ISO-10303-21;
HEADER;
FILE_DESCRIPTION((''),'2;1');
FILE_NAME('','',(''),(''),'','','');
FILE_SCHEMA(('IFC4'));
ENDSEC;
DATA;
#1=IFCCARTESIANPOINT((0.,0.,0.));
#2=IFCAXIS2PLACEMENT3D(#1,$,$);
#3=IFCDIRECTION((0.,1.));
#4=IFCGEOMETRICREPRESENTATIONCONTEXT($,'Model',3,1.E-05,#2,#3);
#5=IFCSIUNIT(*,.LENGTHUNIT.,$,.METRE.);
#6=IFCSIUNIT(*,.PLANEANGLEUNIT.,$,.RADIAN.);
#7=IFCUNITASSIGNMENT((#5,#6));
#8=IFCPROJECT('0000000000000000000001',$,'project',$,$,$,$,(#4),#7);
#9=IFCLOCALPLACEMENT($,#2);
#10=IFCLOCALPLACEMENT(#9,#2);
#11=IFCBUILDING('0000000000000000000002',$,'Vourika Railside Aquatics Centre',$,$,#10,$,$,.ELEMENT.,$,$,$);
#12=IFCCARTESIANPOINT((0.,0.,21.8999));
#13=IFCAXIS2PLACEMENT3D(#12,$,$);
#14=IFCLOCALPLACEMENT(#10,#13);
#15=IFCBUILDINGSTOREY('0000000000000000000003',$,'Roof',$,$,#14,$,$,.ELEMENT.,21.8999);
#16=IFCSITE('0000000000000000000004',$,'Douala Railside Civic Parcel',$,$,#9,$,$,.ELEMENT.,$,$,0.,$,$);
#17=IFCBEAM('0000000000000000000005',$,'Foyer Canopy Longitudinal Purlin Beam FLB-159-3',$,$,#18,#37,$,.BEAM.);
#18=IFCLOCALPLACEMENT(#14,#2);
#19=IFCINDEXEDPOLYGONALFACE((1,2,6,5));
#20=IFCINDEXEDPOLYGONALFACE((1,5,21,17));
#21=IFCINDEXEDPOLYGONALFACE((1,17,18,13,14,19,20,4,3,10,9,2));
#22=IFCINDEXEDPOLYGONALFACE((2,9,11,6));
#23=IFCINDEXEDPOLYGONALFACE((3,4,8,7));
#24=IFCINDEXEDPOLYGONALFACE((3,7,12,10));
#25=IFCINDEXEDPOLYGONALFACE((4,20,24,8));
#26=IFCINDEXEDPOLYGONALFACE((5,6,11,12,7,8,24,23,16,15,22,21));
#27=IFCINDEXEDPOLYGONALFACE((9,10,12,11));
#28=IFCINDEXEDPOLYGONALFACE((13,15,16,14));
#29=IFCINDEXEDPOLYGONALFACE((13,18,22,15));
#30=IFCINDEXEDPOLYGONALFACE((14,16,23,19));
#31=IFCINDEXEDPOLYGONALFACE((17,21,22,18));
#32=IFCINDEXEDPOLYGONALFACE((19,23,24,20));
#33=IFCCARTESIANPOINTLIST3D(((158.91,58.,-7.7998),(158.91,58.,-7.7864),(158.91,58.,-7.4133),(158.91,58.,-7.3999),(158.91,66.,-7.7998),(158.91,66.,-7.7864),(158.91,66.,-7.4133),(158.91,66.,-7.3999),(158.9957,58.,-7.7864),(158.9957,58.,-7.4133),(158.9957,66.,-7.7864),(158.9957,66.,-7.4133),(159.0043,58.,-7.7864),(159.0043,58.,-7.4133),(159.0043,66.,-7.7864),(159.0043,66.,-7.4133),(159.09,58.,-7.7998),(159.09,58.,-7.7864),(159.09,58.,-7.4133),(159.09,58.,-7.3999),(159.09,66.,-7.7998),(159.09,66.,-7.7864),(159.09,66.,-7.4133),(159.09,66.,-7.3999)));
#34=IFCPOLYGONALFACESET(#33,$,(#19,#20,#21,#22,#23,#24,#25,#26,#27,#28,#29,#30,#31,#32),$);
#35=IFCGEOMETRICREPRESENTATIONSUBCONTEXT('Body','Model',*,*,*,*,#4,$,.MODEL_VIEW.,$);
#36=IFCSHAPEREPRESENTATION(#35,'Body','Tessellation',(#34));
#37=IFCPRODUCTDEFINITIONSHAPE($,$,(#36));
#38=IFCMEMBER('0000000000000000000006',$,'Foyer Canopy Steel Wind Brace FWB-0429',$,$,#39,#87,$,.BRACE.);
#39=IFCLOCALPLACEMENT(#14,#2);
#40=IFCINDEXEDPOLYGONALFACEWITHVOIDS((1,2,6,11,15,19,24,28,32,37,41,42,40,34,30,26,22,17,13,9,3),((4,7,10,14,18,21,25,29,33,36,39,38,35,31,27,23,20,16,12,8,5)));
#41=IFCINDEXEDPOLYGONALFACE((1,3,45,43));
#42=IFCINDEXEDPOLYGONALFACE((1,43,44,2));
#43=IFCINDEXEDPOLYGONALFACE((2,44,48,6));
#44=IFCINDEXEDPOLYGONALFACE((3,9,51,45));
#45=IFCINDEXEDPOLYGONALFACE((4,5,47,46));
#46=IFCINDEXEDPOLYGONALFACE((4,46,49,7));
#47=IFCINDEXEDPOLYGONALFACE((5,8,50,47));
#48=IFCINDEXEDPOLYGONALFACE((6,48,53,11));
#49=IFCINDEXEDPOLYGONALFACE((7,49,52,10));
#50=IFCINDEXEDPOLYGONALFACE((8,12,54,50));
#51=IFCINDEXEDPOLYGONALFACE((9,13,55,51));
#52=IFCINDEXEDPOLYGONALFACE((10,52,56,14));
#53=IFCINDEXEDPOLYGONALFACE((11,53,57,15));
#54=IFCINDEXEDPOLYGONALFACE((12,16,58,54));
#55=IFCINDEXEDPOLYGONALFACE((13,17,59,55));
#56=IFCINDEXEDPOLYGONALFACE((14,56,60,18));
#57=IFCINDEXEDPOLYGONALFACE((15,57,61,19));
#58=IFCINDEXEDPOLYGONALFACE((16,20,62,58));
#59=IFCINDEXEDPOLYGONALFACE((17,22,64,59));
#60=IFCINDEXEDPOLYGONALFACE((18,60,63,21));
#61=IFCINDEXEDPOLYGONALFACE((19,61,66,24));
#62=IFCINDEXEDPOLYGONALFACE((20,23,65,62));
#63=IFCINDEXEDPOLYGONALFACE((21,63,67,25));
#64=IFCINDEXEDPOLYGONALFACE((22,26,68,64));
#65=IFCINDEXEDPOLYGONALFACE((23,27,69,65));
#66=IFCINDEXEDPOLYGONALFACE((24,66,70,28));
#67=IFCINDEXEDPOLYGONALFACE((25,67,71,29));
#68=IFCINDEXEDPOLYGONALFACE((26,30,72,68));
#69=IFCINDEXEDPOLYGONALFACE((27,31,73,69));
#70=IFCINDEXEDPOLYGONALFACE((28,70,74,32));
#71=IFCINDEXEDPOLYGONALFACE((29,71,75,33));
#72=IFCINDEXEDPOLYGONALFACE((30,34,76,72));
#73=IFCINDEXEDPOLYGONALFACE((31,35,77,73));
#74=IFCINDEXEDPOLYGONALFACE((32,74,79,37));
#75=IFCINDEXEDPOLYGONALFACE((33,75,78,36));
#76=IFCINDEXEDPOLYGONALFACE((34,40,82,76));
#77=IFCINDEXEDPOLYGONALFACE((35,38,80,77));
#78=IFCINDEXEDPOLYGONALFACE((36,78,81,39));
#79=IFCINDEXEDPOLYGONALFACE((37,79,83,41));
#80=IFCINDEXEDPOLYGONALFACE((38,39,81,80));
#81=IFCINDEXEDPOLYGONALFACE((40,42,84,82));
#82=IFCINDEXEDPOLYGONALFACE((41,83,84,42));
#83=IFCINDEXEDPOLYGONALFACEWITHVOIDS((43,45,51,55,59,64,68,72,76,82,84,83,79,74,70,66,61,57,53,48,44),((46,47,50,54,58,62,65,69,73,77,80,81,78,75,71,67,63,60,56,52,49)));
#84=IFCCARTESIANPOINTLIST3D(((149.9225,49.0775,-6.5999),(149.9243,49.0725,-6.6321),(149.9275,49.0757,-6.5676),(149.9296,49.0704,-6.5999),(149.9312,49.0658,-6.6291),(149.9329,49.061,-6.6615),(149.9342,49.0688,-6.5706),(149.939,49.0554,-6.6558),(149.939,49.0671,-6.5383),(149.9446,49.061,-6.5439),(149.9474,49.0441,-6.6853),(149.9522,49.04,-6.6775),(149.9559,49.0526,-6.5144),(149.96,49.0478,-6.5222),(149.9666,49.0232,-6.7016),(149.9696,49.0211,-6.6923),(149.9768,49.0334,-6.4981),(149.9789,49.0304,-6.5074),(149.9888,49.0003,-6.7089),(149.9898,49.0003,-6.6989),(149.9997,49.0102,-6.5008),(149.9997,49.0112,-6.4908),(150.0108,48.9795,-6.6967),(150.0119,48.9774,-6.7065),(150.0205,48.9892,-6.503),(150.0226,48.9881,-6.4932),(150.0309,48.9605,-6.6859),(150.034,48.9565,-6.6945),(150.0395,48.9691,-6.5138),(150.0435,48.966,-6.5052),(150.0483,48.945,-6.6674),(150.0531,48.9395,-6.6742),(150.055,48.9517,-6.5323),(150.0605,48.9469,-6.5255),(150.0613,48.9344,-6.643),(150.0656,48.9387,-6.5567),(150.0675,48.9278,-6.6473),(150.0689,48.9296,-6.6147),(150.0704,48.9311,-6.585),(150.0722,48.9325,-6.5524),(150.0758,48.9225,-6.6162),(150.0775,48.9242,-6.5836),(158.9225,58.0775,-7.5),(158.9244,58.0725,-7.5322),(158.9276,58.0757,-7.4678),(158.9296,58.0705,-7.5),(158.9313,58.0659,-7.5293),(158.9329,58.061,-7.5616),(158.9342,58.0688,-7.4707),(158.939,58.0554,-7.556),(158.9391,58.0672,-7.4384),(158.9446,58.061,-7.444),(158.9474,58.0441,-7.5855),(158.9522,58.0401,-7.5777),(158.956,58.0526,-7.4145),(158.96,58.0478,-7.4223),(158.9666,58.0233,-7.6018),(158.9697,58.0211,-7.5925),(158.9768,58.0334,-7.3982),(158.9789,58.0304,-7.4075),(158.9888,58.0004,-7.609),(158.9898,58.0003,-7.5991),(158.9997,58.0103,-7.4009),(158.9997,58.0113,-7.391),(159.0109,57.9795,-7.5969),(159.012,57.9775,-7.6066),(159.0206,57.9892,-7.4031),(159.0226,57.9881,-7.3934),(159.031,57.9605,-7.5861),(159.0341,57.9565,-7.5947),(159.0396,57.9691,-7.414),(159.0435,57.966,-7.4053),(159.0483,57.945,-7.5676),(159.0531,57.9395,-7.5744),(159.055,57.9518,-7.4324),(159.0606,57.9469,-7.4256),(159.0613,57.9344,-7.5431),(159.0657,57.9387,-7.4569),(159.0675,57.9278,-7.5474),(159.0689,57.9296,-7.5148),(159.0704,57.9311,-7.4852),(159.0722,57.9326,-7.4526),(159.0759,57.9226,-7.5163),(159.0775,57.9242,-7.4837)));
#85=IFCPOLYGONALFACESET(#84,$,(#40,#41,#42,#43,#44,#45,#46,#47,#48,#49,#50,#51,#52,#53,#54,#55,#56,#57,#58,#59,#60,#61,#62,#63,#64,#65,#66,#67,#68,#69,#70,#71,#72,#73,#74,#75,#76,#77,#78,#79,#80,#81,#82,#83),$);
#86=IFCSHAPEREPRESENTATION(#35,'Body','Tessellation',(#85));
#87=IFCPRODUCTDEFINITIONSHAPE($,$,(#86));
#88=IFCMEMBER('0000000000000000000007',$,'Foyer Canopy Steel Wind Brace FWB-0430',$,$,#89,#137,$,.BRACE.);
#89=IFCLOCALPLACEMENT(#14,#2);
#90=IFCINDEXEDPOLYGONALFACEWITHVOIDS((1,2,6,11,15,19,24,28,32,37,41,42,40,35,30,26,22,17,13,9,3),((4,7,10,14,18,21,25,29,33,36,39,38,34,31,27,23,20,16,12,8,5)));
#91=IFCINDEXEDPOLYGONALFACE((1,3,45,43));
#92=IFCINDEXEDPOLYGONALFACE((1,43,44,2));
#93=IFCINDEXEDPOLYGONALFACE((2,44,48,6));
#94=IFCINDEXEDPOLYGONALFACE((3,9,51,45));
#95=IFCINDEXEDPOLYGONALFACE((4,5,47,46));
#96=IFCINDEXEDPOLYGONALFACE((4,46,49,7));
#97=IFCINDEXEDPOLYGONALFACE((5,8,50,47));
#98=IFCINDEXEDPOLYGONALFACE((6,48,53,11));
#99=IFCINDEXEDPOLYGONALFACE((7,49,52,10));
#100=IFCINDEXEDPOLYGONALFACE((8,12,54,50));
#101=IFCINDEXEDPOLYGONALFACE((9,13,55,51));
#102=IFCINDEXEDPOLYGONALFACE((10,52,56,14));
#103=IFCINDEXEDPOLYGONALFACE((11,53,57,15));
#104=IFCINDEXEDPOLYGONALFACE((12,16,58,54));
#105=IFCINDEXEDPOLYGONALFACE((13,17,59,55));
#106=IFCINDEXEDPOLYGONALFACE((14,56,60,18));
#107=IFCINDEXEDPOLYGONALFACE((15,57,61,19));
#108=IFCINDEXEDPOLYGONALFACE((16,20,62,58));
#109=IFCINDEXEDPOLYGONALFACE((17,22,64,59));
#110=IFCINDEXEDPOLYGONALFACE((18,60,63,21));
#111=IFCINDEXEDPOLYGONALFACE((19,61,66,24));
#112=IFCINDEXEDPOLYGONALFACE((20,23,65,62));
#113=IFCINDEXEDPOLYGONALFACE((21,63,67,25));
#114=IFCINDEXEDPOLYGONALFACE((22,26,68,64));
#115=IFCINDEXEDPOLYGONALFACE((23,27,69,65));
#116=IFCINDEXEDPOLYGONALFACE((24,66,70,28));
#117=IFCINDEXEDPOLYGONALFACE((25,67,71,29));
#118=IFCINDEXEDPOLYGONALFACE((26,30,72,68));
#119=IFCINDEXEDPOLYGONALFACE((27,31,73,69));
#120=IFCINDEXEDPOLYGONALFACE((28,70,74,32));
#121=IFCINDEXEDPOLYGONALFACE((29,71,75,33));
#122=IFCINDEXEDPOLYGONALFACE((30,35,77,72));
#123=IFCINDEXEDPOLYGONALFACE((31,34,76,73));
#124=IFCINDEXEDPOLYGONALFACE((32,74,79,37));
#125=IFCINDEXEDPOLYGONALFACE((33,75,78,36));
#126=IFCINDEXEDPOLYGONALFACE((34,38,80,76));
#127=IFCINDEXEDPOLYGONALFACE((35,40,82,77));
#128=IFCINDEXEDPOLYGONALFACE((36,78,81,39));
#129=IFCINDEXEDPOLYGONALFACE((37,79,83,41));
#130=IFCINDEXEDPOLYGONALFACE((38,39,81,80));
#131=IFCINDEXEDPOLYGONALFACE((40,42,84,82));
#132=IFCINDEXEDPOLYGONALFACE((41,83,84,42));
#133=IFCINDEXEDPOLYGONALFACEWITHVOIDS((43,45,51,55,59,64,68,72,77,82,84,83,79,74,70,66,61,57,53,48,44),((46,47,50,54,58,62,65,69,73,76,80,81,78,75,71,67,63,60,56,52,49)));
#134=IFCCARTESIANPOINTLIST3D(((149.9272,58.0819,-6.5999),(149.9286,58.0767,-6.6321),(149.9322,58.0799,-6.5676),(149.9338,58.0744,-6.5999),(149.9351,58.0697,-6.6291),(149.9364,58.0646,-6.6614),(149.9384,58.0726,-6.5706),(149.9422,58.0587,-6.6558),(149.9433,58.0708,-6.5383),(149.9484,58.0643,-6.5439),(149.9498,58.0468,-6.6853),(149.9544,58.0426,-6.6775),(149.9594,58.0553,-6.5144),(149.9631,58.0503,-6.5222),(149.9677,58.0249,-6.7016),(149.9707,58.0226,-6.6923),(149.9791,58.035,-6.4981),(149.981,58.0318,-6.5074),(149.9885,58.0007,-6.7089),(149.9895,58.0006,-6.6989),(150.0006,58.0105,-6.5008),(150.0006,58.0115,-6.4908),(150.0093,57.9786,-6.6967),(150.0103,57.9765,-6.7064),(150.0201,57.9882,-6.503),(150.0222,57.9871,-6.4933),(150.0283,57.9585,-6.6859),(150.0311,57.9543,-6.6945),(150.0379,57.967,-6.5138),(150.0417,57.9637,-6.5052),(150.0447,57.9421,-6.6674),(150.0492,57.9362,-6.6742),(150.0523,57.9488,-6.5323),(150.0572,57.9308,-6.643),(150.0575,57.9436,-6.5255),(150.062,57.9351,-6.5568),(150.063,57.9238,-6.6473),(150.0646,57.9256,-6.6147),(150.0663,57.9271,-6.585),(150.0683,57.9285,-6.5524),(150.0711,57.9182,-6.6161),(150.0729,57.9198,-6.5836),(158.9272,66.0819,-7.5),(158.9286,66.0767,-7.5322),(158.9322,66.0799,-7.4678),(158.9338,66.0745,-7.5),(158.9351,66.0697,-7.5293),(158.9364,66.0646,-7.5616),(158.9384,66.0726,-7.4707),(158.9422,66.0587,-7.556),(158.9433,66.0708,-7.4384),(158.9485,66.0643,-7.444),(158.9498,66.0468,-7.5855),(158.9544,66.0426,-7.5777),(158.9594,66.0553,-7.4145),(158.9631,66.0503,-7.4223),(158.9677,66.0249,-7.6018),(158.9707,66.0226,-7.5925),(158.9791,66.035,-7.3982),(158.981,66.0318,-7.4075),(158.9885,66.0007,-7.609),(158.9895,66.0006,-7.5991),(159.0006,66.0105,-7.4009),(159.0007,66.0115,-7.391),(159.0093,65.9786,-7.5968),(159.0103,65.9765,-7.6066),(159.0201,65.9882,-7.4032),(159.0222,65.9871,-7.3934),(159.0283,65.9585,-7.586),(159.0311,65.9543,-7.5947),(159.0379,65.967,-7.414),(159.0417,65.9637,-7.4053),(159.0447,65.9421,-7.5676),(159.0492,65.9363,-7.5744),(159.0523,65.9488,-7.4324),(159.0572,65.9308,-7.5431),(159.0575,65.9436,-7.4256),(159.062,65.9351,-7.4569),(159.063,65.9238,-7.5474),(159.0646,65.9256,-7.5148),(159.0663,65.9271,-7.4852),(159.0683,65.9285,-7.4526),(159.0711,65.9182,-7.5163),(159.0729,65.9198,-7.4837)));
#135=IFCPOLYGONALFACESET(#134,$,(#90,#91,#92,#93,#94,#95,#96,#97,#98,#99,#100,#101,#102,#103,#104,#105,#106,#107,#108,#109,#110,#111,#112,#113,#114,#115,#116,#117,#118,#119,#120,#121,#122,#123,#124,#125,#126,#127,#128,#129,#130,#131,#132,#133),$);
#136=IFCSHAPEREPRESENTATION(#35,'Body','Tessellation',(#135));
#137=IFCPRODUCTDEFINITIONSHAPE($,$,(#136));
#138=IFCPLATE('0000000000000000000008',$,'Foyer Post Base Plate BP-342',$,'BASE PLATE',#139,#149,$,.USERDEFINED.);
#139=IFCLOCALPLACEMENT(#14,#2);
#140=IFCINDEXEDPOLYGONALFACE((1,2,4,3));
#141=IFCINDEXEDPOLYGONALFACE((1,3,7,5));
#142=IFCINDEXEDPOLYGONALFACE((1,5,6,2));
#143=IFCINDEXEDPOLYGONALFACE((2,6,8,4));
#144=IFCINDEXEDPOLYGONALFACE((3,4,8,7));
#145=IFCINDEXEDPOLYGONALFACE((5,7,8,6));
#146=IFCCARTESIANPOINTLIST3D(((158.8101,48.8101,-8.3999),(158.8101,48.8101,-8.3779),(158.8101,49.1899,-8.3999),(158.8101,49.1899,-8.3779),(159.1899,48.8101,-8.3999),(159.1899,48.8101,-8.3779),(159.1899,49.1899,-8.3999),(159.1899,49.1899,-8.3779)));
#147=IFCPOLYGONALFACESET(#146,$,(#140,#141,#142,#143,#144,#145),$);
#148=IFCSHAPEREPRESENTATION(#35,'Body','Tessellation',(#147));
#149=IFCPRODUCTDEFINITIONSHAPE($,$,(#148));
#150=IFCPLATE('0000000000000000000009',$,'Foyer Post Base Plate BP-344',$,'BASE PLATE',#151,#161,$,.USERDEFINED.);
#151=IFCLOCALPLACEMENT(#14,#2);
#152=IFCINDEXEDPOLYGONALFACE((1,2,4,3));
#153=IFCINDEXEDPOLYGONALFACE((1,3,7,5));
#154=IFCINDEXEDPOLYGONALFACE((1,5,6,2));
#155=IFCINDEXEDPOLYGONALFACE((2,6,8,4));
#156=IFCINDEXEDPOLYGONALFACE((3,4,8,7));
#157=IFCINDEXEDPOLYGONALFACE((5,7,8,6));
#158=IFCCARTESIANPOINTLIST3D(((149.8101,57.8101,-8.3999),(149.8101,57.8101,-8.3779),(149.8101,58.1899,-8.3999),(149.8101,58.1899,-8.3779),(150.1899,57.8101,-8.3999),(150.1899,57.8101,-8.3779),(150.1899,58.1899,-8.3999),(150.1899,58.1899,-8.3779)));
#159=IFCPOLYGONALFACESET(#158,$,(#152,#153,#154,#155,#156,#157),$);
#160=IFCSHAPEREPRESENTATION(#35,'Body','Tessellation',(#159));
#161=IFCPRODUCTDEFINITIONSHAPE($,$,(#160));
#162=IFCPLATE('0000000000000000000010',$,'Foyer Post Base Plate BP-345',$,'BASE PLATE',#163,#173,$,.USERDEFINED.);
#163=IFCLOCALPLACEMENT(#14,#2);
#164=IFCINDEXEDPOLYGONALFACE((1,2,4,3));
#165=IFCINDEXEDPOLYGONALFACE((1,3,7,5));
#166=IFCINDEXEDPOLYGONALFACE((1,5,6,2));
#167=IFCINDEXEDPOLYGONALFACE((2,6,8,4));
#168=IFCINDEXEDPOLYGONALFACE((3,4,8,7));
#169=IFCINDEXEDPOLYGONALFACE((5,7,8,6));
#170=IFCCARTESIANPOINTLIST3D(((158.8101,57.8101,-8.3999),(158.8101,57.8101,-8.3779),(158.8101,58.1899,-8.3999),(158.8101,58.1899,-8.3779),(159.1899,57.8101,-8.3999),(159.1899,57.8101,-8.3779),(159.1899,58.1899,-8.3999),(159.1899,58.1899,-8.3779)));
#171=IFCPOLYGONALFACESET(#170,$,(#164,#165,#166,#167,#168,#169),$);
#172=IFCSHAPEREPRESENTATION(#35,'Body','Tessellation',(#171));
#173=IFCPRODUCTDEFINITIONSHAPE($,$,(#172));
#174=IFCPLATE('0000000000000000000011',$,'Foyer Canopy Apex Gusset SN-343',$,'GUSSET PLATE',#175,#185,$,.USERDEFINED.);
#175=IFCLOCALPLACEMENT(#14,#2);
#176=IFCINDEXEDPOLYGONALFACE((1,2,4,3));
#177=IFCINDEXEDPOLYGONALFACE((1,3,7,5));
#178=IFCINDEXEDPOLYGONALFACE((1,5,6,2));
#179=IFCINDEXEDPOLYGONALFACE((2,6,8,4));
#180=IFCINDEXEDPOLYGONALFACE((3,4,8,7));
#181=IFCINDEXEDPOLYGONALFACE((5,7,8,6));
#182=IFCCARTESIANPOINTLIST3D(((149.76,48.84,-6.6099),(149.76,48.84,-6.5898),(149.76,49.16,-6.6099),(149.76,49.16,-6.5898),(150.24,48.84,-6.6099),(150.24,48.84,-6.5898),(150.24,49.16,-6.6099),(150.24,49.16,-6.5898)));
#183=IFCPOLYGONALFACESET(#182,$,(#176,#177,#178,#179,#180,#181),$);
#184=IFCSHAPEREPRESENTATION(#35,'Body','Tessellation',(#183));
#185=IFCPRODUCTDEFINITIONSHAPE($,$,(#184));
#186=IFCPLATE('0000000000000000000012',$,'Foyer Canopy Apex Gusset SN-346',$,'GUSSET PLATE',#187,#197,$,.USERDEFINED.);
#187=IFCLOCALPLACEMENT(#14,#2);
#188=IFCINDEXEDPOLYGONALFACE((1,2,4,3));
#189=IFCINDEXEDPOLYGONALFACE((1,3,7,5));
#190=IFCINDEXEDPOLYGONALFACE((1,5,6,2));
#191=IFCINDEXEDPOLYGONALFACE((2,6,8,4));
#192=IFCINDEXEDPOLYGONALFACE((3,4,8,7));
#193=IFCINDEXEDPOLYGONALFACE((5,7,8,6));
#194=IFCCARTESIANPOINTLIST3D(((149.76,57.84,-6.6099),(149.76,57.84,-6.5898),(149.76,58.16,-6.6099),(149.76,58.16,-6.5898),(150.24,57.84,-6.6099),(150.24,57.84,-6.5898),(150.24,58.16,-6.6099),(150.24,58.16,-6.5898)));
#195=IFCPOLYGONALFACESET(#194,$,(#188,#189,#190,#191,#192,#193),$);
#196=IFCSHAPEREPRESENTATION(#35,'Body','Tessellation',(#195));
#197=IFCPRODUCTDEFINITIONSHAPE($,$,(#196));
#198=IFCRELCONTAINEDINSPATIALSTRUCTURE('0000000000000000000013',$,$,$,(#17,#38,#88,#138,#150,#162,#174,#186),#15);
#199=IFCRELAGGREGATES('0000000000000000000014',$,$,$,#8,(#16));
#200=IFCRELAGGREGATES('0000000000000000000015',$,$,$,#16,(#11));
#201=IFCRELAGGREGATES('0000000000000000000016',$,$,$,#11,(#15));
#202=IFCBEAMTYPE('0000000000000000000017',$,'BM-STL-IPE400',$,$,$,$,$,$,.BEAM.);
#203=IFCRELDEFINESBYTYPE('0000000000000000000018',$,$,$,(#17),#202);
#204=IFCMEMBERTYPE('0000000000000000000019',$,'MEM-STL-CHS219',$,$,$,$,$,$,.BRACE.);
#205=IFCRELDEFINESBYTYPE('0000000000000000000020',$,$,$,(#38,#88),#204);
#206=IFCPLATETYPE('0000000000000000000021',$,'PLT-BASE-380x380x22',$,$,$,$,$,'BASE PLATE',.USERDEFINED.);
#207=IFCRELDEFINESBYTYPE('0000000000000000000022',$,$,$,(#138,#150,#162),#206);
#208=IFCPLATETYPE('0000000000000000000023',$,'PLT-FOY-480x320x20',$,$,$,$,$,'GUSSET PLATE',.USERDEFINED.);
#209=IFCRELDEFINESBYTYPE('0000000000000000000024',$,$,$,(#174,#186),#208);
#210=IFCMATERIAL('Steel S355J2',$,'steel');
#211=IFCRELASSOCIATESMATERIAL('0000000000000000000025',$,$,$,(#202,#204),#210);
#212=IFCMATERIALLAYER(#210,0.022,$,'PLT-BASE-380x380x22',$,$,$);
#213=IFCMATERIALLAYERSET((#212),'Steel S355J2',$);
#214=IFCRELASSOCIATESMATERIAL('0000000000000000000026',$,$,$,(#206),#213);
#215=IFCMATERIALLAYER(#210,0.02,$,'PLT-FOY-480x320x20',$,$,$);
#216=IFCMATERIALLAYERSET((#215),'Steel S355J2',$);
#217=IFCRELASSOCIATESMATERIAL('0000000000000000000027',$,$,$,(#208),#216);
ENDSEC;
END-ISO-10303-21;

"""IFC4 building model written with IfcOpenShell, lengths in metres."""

from ifc_helpers import new_model, si_unit, direction, frame, origin, origin_2d, place, context, subcontext, project, spatial, rectangle, hollow_circle, i_section, extrude, material, layer, layer_set, material_profile, profile_set, type_object, element, save


model = new_model("IFC4")

# Units and contexts
model_context = context("Model", 3, precision=1e-05, world=origin(), true_north=direction((0.0, 1.0)))
body_context = subcontext(model_context, "Body", "Model", "MODEL_VIEW")
ifc_project = project(units=[si_unit("LENGTHUNIT", "METRE"), si_unit("PLANEANGLEUNIT", "RADIAN")], contexts=[model_context])

# Site, building, storey
site_placement = place(None, origin())
site = spatial("IfcSite", under=ifc_project, at=site_placement, Name="Douala Railside Civic Parcel", CompositionType="ELEMENT", RefElevation=0.0)
building_placement = place(site_placement, origin())
building = spatial("IfcBuilding", under=site, at=building_placement, Name="Vourika Railside Aquatics Centre", CompositionType="ELEMENT")
storey_placement = place(building_placement, frame((0.0, 0.0, 21.8999)))
storey = spatial("IfcBuildingStorey", under=building, at=storey_placement, Name="Roof", CompositionType="ELEMENT", Elevation=21.8999)

# Shared definitions
ifc_material_1 = material(Name="Steel S355J2", Category="steel")

# Beam
ifc_material_profile_1 = material_profile(ifc_material_1, i_section(OverallWidth=0.1799, OverallDepth=0.3999, WebThickness=0.0085, FlangeThickness=0.0134, at=origin_2d()), Name="IPE 400")
ifc_profile_set_1 = profile_set([ifc_material_profile_1], Name="Steel S355J2")
beam_type_1 = type_object("IfcBeamType", Name="BM-STL-IPE400", PredefinedType="BEAM", material=ifc_profile_set_1)
for number, where, z_axis, x_axis, name in (
    (1, (159.0, 58.0, -7.5999), (0.0, 1.0, 0.0), (-1.0, 0.0, 0.0), "Foyer Canopy Longitudinal Purlin Beam FLB-159-3"),
):
    element("IfcBeam", number, at=place(storey_placement, frame(where, z_axis=z_axis, x_axis=x_axis)), inside=storey, type_object=beam_type_1, Name=name, PredefinedType="BEAM", context=body_context, shape_type="SweptSolid", body=[
        extrude(i_section(OverallWidth=0.1799, OverallDepth=0.3999, WebThickness=0.0085, FlangeThickness=0.0134, at=origin_2d()), origin(), (0.0, 0.0, 1.0), 8.0),
    ])

# Members
ifc_material_profile_2 = material_profile(ifc_material_1, hollow_circle(Radius=0.1096, WallThickness=0.01, at=origin_2d()), Name="CHS 219.1x10")
ifc_profile_set_2 = profile_set([ifc_material_profile_2], Name="Steel S355J2")
member_type = type_object("IfcMemberType", Name="MEM-STL-CHS219", PredefinedType="BRACE", material=ifc_profile_set_2)
member_1_placement = place(storey_placement, frame((150.0, 49.0, -6.5999), z_axis=(0.705345, 0.705345, -0.070546), x_axis=(-0.707107, 0.707107, 0.0)))
element("IfcMember", 2, at=member_1_placement, inside=storey, type_object=member_type, Name="Foyer Canopy Steel Wind Brace FWB-0429", PredefinedType="BRACE", context=body_context, shape_type="SweptSolid", body=[
    extrude(hollow_circle(Radius=0.1096, WallThickness=0.01, at=origin_2d()), origin(), (0.0, 0.0, 1.0), 12.7598),
])
member_2_placement = place(storey_placement, frame((150.0, 58.0, -6.5999), z_axis=(0.74533, 0.662515, -0.074545), x_axis=(-0.664364, 0.747409, 0.0)))
element("IfcMember", 3, at=member_2_placement, inside=storey, type_object=member_type, Name="Foyer Canopy Steel Wind Brace FWB-0430", PredefinedType="BRACE", context=body_context, shape_type="SweptSolid", body=[
    extrude(hollow_circle(Radius=0.1096, WallThickness=0.01, at=origin_2d()), origin(), (0.0, 0.0, 1.0), 12.0752),
])

# Plates
ifc_layer_1 = layer(ifc_material_1, 0.022, Name="PLT-BASE-380x380x22")
ifc_layer_set_1 = layer_set([ifc_layer_1], Name="Steel S355J2")
plate_type_1 = type_object("IfcPlateType", Name="PLT-BASE-380x380x22", ElementType="BASE PLATE", PredefinedType="USERDEFINED", material=ifc_layer_set_1)
for number, where, z_axis, x_axis, name in (
    (4, (159.0, 49.0, -8.3999), (0.0, 0.0, 1.0), (1.0, 0.0, 0.0), "Foyer Post Base Plate BP-342"),
    (5, (150.0, 58.0, -8.3999), (0.0, 0.0, 1.0), (1.0, 0.0, 0.0), "Foyer Post Base Plate BP-344"),
    (6, (159.0, 58.0, -8.3999), (0.0, 0.0, 1.0), (1.0, 0.0, 0.0), "Foyer Post Base Plate BP-345"),
):
    element("IfcPlate", number, at=place(storey_placement, frame(where, z_axis=z_axis, x_axis=x_axis)), inside=storey, type_object=plate_type_1, Name=name, ObjectType="BASE PLATE", PredefinedType="USERDEFINED", context=body_context, shape_type="SweptSolid", body=[
        extrude(rectangle(XDim=0.3799, YDim=0.3799, at=origin_2d()), origin(), (0.0, 0.0, 1.0), 0.022),
    ])
ifc_layer_2 = layer(ifc_material_1, 0.02, Name="PLT-FOY-480x320x20")
ifc_layer_set_2 = layer_set([ifc_layer_2], Name="Steel S355J2")
plate_type_2 = type_object("IfcPlateType", Name="PLT-FOY-480x320x20", ElementType="GUSSET PLATE", PredefinedType="USERDEFINED", material=ifc_layer_set_2)
for number, where, z_axis, x_axis, name in (
    (7, (150.0, 49.0, -6.6099), (0.0, 0.0, 1.0), (1.0, 0.0, 0.0), "Foyer Canopy Apex Gusset SN-343"),
    (8, (150.0, 58.0, -6.6099), (0.0, 0.0, 1.0), (1.0, 0.0, 0.0), "Foyer Canopy Apex Gusset SN-346"),
):
    element("IfcPlate", number, at=place(storey_placement, frame(where, z_axis=z_axis, x_axis=x_axis)), inside=storey, type_object=plate_type_2, Name=name, ObjectType="GUSSET PLATE", PredefinedType="USERDEFINED", context=body_context, shape_type="SweptSolid", body=[
        extrude(rectangle(XDim=0.48, YDim=0.3201, at=origin_2d()), origin(), (0.0, 0.0, 1.0), 0.02),
    ])

save(model, "model.ifc")
